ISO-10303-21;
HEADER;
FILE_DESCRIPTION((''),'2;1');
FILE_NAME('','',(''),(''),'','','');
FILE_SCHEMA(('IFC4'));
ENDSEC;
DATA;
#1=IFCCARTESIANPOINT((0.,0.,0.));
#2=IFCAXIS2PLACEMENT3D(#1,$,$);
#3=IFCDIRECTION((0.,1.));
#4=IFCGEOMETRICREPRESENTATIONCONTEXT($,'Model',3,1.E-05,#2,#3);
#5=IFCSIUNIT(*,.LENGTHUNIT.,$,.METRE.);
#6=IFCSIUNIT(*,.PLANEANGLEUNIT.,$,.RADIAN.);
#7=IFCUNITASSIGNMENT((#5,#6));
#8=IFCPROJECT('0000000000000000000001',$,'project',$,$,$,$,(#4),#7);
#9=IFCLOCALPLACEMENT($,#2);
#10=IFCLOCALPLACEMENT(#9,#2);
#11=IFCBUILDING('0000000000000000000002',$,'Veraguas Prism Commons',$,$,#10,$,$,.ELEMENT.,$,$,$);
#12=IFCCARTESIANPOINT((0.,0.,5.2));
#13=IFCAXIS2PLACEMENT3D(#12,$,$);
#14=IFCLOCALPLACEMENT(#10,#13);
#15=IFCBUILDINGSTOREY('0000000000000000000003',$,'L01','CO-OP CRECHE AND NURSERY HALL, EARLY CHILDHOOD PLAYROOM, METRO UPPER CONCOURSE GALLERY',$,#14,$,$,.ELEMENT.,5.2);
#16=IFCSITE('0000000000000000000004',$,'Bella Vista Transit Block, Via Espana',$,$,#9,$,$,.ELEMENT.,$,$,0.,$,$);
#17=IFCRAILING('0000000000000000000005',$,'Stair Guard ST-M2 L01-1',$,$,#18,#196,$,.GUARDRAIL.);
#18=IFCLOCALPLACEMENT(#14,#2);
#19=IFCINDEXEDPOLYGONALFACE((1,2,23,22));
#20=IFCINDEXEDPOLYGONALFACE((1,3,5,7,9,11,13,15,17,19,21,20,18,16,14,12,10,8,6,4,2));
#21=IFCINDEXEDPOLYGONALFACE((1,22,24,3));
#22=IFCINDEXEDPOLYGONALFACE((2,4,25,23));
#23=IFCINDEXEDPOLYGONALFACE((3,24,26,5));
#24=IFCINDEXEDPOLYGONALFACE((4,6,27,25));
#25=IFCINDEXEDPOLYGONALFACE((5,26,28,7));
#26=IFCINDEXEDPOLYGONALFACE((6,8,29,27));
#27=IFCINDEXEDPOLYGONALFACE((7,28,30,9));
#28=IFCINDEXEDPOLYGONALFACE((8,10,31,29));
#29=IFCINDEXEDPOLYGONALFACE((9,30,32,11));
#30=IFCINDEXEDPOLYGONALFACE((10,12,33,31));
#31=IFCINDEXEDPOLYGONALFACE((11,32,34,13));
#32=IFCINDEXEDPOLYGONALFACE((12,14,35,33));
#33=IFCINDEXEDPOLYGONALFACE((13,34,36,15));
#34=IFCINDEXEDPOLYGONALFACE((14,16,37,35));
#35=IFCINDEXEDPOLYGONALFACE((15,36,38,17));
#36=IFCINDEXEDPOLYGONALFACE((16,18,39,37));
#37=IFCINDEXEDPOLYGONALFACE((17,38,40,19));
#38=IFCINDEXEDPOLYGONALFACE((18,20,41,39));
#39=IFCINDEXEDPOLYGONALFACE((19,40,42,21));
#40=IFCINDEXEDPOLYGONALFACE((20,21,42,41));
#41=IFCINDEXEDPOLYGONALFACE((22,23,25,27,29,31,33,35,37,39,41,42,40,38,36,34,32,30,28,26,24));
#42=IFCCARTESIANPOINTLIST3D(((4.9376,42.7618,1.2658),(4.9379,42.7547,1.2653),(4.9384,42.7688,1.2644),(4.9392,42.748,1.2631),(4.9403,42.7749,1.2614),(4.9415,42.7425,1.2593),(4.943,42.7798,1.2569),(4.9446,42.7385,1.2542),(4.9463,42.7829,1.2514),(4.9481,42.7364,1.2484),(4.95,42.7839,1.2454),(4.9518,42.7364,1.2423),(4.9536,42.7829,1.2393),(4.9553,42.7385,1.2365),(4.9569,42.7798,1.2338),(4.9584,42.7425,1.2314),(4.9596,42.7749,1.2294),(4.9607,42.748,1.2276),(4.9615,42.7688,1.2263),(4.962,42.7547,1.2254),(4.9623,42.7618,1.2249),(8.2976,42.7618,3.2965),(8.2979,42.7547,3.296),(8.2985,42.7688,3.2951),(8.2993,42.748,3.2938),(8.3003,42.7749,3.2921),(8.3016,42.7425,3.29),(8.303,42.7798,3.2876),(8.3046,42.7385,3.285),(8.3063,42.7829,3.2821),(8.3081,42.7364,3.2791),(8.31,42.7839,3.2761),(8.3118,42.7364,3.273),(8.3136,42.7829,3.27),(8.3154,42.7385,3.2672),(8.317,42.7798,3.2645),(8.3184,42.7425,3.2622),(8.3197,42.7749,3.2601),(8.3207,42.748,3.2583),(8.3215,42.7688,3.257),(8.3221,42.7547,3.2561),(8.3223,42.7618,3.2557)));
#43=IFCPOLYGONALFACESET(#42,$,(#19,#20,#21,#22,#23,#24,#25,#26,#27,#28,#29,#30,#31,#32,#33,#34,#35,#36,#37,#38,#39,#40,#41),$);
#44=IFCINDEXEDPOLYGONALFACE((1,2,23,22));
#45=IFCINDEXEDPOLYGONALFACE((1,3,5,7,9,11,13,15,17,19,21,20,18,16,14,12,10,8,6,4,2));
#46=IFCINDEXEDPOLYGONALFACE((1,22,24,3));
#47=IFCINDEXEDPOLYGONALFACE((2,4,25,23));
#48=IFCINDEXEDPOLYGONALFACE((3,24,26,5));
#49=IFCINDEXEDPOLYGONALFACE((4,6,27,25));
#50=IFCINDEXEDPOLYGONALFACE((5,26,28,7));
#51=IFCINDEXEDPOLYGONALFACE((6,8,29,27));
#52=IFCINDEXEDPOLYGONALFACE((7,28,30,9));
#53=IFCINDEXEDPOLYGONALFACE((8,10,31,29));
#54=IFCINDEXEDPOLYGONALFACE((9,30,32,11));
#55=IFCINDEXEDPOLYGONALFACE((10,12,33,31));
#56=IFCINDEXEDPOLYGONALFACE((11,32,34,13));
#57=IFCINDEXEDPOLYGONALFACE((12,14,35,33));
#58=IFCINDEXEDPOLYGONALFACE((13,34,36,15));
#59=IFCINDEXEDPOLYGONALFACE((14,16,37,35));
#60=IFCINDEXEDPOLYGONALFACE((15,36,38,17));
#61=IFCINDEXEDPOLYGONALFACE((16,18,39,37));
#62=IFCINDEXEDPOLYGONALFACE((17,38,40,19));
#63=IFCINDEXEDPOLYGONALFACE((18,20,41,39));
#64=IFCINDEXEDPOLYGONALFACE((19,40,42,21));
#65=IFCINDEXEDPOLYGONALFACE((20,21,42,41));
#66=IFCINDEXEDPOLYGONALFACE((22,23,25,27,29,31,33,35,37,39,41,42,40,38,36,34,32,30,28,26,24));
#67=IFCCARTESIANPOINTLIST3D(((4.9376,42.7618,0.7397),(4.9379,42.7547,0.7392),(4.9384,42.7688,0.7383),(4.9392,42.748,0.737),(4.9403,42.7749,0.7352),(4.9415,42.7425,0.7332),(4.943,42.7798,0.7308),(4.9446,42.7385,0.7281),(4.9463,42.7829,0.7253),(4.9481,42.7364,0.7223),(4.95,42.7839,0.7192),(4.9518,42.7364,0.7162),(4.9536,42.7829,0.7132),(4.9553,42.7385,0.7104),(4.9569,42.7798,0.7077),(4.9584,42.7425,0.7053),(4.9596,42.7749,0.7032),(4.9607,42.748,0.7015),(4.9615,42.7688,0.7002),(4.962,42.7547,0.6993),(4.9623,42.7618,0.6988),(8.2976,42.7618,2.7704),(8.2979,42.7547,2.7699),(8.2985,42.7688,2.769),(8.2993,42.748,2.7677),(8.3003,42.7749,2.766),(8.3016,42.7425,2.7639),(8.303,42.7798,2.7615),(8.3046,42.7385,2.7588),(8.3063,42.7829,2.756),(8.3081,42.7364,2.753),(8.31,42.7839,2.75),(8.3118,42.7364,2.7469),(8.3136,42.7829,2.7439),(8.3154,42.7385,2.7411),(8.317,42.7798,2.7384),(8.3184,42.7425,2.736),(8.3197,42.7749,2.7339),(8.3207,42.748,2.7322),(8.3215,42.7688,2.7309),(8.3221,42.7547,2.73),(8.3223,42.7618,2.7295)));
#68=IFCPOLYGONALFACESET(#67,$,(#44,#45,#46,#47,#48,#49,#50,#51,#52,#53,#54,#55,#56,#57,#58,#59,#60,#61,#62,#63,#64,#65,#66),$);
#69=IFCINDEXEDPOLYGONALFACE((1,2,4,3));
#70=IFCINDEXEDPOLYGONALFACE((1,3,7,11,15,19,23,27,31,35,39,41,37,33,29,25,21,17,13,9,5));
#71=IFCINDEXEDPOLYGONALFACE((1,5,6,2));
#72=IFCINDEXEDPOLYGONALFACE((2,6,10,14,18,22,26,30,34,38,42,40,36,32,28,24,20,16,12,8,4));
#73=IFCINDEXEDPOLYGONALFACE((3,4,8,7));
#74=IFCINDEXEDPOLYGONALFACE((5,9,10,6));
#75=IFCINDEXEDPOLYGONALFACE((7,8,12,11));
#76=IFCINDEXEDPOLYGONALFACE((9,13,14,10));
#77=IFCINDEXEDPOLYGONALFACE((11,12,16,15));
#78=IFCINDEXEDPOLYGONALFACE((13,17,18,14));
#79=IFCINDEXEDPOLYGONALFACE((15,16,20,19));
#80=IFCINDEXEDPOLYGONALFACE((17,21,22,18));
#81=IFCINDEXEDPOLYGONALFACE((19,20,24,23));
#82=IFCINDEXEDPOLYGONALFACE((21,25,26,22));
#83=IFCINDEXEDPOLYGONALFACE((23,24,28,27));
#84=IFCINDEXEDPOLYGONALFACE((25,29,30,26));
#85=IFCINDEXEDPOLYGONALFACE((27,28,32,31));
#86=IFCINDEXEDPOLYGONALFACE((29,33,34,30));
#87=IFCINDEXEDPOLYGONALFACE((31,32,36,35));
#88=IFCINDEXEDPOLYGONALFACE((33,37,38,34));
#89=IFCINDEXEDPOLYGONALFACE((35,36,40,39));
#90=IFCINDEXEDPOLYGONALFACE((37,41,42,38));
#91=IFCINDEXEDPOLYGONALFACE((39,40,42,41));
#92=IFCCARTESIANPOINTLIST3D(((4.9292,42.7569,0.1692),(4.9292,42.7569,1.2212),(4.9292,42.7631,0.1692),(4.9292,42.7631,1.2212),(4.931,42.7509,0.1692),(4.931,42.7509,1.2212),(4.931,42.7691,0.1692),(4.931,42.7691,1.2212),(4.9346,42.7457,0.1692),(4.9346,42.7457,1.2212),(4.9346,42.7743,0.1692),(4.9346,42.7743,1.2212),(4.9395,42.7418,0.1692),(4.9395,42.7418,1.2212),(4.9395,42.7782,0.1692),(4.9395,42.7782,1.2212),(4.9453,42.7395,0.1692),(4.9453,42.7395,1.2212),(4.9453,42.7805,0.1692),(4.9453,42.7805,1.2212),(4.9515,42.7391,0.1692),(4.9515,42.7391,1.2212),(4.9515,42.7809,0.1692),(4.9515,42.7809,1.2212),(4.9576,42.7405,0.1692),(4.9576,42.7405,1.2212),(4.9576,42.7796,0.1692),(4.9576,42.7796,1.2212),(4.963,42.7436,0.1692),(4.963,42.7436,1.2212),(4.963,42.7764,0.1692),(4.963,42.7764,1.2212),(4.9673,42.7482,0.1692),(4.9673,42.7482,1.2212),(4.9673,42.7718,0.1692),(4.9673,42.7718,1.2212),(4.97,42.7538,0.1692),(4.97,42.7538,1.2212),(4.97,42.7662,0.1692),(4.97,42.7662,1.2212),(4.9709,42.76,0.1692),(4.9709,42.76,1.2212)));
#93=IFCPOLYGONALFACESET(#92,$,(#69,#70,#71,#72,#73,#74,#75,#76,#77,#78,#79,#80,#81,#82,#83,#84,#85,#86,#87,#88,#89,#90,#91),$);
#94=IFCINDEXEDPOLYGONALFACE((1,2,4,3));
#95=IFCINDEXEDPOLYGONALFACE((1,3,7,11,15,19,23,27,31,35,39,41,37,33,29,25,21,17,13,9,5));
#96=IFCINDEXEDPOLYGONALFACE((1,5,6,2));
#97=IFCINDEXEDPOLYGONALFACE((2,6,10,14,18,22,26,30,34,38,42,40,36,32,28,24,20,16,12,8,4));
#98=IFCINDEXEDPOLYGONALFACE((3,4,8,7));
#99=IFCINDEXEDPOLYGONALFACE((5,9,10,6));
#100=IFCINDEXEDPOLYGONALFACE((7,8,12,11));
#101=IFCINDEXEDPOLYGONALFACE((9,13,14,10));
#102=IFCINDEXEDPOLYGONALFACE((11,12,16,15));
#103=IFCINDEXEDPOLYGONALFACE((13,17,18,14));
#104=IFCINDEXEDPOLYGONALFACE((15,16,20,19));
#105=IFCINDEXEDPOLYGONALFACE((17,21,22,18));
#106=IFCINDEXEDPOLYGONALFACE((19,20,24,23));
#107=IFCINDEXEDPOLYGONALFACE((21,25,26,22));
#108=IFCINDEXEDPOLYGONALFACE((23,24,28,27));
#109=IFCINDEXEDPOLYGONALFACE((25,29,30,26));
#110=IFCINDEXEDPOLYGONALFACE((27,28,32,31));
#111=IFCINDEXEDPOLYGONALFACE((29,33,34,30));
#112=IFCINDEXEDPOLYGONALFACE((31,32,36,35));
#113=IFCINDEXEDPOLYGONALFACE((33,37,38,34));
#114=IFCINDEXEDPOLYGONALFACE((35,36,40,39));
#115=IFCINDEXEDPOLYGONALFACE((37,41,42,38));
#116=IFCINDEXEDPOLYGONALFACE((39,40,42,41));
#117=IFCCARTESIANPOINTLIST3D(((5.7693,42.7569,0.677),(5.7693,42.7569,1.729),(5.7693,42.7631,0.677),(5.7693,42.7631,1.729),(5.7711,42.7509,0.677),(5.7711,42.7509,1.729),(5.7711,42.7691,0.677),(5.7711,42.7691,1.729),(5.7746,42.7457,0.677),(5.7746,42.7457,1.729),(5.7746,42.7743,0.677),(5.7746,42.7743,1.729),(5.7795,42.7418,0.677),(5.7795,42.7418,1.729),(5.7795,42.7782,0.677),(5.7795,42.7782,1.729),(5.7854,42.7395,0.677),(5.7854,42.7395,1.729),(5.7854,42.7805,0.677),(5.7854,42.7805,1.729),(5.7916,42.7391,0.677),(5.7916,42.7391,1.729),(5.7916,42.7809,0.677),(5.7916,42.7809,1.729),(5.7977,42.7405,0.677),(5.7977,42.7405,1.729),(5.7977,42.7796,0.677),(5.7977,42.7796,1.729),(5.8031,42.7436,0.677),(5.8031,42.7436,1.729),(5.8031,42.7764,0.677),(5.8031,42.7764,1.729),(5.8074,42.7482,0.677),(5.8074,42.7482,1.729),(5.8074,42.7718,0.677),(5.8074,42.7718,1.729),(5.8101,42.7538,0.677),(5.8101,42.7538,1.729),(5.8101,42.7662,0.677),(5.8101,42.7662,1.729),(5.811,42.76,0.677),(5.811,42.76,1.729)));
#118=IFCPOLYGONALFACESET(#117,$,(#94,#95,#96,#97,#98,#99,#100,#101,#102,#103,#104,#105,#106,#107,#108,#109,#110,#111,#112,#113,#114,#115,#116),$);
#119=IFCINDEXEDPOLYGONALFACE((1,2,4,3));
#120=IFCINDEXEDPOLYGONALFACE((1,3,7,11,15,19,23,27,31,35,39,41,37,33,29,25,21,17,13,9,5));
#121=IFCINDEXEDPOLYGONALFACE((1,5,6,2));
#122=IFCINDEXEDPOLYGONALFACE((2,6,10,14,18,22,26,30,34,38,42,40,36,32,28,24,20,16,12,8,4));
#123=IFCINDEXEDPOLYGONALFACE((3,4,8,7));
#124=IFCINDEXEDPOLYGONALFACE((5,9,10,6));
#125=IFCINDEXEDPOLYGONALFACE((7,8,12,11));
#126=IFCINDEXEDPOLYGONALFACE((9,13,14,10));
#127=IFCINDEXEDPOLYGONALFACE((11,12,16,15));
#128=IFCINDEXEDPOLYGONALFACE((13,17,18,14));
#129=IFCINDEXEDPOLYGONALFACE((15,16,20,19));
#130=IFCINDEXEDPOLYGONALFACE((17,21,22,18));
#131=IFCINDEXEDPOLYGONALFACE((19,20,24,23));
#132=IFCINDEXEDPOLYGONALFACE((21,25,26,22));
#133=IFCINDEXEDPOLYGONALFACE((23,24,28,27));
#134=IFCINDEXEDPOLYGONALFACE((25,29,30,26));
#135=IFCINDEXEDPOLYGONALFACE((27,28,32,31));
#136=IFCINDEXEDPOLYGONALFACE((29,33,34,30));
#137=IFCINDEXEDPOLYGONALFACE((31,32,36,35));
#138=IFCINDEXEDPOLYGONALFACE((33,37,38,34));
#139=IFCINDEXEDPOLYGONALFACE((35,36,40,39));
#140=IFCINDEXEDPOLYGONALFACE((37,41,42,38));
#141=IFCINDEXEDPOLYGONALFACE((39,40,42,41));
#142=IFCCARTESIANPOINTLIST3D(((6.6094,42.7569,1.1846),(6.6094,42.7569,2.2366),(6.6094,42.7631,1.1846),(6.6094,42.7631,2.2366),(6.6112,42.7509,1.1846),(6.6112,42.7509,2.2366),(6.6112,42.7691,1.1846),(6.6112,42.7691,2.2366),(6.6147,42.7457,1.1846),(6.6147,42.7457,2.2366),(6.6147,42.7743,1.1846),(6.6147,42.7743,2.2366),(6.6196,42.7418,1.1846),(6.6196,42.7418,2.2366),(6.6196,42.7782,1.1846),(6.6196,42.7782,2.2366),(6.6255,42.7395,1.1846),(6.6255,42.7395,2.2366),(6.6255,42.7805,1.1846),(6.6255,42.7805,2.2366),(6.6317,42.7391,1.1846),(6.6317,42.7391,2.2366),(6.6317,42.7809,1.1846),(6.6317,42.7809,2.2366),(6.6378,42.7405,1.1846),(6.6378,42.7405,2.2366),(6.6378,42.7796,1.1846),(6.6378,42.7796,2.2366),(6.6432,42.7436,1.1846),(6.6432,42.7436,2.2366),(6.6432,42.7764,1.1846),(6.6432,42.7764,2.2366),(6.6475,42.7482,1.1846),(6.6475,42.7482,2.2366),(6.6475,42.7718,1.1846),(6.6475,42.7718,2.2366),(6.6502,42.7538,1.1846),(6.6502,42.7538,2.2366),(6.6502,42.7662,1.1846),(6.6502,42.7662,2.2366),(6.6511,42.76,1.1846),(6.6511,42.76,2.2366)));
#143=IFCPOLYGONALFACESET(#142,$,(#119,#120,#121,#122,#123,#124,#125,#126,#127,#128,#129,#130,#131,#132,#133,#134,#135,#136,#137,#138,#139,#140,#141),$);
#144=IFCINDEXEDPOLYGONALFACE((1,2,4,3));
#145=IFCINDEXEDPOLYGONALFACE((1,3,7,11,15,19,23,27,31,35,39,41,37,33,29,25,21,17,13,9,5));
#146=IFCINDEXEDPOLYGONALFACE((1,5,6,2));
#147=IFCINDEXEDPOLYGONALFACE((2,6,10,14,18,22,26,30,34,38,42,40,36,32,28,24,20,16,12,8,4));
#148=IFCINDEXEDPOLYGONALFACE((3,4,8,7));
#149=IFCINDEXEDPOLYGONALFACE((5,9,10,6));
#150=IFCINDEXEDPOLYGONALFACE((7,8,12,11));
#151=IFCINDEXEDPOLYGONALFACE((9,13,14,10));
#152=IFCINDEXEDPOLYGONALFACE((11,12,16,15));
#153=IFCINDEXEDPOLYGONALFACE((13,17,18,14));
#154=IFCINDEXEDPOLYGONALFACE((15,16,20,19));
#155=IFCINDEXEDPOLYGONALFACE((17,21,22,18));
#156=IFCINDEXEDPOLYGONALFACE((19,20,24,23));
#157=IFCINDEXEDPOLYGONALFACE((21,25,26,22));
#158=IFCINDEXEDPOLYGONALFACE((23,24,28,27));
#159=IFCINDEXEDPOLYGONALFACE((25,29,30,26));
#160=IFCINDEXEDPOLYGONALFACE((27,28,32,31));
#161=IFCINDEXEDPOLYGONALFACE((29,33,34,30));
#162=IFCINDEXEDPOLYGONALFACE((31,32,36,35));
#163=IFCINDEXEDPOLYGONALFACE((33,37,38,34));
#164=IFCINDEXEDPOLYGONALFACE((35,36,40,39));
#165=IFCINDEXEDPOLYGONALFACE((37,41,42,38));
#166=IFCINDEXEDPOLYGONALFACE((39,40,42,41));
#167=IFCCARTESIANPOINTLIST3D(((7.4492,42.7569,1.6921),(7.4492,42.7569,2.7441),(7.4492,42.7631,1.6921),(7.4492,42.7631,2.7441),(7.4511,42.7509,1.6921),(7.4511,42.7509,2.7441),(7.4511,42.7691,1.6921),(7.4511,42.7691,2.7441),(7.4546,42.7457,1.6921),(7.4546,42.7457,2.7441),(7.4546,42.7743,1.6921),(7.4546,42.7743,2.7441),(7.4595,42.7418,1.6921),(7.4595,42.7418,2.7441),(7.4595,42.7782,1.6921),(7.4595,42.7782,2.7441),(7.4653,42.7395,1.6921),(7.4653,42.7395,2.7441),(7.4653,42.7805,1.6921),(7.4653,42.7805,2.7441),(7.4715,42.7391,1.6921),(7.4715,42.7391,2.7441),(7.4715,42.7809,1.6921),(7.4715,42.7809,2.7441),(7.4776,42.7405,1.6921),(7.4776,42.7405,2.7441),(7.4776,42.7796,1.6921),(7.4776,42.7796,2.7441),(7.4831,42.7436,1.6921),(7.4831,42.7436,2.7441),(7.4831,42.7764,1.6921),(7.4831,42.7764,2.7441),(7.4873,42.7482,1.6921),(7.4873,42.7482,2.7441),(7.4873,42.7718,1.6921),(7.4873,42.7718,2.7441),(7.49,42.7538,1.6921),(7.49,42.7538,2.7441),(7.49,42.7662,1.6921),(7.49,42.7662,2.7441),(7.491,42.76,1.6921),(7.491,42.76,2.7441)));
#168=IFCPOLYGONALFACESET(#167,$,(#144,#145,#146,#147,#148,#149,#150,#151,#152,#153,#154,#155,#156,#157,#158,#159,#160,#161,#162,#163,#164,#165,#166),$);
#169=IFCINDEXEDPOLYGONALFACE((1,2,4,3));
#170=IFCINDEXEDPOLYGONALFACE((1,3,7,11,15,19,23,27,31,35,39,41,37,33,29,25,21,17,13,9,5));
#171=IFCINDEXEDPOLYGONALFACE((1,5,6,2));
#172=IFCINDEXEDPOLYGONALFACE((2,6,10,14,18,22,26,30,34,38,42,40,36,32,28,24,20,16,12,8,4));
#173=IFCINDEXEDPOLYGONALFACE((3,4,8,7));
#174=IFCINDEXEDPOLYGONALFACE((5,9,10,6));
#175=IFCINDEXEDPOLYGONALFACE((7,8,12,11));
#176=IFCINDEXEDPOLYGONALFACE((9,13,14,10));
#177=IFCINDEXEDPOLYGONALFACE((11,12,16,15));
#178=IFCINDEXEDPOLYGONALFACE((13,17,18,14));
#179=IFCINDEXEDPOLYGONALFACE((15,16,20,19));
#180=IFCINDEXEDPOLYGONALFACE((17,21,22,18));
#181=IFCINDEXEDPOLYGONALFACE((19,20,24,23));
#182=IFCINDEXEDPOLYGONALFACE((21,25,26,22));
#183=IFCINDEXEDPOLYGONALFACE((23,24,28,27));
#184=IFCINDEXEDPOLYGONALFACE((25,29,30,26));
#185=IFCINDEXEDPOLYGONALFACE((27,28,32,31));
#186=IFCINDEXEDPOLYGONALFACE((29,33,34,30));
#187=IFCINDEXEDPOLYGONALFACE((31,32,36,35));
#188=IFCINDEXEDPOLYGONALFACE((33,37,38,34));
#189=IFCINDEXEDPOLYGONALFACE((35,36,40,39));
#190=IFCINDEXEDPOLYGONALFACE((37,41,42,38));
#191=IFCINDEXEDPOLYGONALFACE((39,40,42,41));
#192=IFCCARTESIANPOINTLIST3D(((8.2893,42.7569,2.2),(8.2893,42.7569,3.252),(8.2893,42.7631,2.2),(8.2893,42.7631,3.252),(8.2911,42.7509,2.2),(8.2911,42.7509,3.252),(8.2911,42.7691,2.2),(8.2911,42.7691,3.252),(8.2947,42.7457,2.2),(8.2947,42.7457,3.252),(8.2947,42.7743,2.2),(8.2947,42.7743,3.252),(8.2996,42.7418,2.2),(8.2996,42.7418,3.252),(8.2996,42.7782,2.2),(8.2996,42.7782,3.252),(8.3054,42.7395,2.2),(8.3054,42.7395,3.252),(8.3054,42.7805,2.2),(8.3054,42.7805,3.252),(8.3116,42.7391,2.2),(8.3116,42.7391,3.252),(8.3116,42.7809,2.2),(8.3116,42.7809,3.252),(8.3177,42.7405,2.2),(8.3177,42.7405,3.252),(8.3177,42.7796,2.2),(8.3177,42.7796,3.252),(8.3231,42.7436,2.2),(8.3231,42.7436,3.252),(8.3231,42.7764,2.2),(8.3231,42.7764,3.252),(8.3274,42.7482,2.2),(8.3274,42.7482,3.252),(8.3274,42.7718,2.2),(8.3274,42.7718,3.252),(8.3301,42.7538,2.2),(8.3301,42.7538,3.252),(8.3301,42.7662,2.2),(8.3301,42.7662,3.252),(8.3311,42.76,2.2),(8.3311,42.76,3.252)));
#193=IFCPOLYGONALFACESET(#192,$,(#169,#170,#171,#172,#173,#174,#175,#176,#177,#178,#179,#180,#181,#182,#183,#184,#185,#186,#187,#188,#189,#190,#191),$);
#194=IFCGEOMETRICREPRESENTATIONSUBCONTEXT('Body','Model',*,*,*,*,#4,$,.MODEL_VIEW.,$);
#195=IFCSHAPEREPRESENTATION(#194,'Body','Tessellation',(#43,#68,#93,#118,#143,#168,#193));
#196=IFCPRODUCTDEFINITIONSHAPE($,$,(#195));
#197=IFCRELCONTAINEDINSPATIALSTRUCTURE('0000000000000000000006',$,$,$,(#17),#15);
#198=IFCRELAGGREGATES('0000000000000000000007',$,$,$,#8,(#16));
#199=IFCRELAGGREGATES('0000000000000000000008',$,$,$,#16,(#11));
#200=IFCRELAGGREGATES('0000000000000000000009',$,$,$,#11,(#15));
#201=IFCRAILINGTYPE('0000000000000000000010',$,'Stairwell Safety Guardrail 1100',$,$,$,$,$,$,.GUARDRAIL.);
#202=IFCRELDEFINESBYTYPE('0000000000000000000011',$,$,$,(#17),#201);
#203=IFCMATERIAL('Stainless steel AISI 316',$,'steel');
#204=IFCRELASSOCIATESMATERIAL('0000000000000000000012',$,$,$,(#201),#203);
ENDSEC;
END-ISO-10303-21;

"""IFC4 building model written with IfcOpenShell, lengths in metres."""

from ifc_helpers import new_model, si_unit, direction, frame, origin, origin_2d, place, context, subcontext, project, spatial, circle, extrude, material, type_object, element, save


model = new_model("IFC4")

# Units and contexts
model_context = context("Model", 3, precision=1e-05, world=origin(), true_north=direction((0.0, 1.0)))
body_context = subcontext(model_context, "Body", "Model", "MODEL_VIEW")
ifc_project = project(units=[si_unit("LENGTHUNIT", "METRE"), si_unit("PLANEANGLEUNIT", "RADIAN")], contexts=[model_context])

# Site, building, storey
site_placement = place(None, origin())
site = spatial("IfcSite", under=ifc_project, at=site_placement, Name="Bella Vista Transit Block, Via Espana", CompositionType="ELEMENT", RefElevation=0.0)
building_placement = place(site_placement, origin())
building = spatial("IfcBuilding", under=site, at=building_placement, Name="Veraguas Prism Commons", CompositionType="ELEMENT")
storey_placement = place(building_placement, frame((0.0, 0.0, 5.2)))
storey = spatial("IfcBuildingStorey", under=building, at=storey_placement, Name="L01", Description="CO-OP CRECHE AND NURSERY HALL, EARLY CHILDHOOD PLAYROOM, METRO UPPER CONCOURSE GALLERY", CompositionType="ELEMENT", Elevation=5.2)

# Railing
ifc_material_1 = material(Name="Stainless steel AISI 316", Category="steel")
railing_type_1 = type_object("IfcRailingType", Name="Stairwell Safety Guardrail 1100", PredefinedType="GUARDRAIL", material=ifc_material_1)
railing_1_placement = place(storey_placement, frame((4.95, 42.76, 0.1692)))
element("IfcRailing", 1, at=railing_1_placement, inside=storey, type_object=railing_type_1, Name="Stair Guard ST-M2 L01-1", PredefinedType="GUARDRAIL", context=body_context, shape_type="SweptSolid", body=[
    extrude(circle(Radius=0.0239, at=origin_2d()), frame((0.0, 0.0, 1.0762), z_axis=(0.855837, 0.0, 0.517246), x_axis=(0.0, 1.0, 0.0)), (0.0, 0.0, 1.0), 3.926),
    extrude(circle(Radius=0.0239, at=origin_2d()), frame((0.0, 0.0, 0.55), z_axis=(0.855837, 0.0, 0.517246), x_axis=(0.0, 1.0, 0.0)), (0.0, 0.0, 1.0), 3.926),
    extrude(circle(Radius=0.021, at=origin_2d()), origin(), (0.0, 0.0, 1.0), 1.052),
    extrude(circle(Radius=0.021, at=origin_2d()), frame((0.8401, 0.0, 0.5078)), (0.0, 0.0, 1.0), 1.052),
    extrude(circle(Radius=0.021, at=origin_2d()), frame((1.6802, 0.0, 1.0154)), (0.0, 0.0, 1.0), 1.052),
    extrude(circle(Radius=0.021, at=origin_2d()), frame((2.52, 0.0, 1.5229)), (0.0, 0.0, 1.0), 1.052),
    extrude(circle(Radius=0.021, at=origin_2d()), frame((3.3601, 0.0, 2.0308)), (0.0, 0.0, 1.0), 1.052),
])

save(model, "model.ifc")
